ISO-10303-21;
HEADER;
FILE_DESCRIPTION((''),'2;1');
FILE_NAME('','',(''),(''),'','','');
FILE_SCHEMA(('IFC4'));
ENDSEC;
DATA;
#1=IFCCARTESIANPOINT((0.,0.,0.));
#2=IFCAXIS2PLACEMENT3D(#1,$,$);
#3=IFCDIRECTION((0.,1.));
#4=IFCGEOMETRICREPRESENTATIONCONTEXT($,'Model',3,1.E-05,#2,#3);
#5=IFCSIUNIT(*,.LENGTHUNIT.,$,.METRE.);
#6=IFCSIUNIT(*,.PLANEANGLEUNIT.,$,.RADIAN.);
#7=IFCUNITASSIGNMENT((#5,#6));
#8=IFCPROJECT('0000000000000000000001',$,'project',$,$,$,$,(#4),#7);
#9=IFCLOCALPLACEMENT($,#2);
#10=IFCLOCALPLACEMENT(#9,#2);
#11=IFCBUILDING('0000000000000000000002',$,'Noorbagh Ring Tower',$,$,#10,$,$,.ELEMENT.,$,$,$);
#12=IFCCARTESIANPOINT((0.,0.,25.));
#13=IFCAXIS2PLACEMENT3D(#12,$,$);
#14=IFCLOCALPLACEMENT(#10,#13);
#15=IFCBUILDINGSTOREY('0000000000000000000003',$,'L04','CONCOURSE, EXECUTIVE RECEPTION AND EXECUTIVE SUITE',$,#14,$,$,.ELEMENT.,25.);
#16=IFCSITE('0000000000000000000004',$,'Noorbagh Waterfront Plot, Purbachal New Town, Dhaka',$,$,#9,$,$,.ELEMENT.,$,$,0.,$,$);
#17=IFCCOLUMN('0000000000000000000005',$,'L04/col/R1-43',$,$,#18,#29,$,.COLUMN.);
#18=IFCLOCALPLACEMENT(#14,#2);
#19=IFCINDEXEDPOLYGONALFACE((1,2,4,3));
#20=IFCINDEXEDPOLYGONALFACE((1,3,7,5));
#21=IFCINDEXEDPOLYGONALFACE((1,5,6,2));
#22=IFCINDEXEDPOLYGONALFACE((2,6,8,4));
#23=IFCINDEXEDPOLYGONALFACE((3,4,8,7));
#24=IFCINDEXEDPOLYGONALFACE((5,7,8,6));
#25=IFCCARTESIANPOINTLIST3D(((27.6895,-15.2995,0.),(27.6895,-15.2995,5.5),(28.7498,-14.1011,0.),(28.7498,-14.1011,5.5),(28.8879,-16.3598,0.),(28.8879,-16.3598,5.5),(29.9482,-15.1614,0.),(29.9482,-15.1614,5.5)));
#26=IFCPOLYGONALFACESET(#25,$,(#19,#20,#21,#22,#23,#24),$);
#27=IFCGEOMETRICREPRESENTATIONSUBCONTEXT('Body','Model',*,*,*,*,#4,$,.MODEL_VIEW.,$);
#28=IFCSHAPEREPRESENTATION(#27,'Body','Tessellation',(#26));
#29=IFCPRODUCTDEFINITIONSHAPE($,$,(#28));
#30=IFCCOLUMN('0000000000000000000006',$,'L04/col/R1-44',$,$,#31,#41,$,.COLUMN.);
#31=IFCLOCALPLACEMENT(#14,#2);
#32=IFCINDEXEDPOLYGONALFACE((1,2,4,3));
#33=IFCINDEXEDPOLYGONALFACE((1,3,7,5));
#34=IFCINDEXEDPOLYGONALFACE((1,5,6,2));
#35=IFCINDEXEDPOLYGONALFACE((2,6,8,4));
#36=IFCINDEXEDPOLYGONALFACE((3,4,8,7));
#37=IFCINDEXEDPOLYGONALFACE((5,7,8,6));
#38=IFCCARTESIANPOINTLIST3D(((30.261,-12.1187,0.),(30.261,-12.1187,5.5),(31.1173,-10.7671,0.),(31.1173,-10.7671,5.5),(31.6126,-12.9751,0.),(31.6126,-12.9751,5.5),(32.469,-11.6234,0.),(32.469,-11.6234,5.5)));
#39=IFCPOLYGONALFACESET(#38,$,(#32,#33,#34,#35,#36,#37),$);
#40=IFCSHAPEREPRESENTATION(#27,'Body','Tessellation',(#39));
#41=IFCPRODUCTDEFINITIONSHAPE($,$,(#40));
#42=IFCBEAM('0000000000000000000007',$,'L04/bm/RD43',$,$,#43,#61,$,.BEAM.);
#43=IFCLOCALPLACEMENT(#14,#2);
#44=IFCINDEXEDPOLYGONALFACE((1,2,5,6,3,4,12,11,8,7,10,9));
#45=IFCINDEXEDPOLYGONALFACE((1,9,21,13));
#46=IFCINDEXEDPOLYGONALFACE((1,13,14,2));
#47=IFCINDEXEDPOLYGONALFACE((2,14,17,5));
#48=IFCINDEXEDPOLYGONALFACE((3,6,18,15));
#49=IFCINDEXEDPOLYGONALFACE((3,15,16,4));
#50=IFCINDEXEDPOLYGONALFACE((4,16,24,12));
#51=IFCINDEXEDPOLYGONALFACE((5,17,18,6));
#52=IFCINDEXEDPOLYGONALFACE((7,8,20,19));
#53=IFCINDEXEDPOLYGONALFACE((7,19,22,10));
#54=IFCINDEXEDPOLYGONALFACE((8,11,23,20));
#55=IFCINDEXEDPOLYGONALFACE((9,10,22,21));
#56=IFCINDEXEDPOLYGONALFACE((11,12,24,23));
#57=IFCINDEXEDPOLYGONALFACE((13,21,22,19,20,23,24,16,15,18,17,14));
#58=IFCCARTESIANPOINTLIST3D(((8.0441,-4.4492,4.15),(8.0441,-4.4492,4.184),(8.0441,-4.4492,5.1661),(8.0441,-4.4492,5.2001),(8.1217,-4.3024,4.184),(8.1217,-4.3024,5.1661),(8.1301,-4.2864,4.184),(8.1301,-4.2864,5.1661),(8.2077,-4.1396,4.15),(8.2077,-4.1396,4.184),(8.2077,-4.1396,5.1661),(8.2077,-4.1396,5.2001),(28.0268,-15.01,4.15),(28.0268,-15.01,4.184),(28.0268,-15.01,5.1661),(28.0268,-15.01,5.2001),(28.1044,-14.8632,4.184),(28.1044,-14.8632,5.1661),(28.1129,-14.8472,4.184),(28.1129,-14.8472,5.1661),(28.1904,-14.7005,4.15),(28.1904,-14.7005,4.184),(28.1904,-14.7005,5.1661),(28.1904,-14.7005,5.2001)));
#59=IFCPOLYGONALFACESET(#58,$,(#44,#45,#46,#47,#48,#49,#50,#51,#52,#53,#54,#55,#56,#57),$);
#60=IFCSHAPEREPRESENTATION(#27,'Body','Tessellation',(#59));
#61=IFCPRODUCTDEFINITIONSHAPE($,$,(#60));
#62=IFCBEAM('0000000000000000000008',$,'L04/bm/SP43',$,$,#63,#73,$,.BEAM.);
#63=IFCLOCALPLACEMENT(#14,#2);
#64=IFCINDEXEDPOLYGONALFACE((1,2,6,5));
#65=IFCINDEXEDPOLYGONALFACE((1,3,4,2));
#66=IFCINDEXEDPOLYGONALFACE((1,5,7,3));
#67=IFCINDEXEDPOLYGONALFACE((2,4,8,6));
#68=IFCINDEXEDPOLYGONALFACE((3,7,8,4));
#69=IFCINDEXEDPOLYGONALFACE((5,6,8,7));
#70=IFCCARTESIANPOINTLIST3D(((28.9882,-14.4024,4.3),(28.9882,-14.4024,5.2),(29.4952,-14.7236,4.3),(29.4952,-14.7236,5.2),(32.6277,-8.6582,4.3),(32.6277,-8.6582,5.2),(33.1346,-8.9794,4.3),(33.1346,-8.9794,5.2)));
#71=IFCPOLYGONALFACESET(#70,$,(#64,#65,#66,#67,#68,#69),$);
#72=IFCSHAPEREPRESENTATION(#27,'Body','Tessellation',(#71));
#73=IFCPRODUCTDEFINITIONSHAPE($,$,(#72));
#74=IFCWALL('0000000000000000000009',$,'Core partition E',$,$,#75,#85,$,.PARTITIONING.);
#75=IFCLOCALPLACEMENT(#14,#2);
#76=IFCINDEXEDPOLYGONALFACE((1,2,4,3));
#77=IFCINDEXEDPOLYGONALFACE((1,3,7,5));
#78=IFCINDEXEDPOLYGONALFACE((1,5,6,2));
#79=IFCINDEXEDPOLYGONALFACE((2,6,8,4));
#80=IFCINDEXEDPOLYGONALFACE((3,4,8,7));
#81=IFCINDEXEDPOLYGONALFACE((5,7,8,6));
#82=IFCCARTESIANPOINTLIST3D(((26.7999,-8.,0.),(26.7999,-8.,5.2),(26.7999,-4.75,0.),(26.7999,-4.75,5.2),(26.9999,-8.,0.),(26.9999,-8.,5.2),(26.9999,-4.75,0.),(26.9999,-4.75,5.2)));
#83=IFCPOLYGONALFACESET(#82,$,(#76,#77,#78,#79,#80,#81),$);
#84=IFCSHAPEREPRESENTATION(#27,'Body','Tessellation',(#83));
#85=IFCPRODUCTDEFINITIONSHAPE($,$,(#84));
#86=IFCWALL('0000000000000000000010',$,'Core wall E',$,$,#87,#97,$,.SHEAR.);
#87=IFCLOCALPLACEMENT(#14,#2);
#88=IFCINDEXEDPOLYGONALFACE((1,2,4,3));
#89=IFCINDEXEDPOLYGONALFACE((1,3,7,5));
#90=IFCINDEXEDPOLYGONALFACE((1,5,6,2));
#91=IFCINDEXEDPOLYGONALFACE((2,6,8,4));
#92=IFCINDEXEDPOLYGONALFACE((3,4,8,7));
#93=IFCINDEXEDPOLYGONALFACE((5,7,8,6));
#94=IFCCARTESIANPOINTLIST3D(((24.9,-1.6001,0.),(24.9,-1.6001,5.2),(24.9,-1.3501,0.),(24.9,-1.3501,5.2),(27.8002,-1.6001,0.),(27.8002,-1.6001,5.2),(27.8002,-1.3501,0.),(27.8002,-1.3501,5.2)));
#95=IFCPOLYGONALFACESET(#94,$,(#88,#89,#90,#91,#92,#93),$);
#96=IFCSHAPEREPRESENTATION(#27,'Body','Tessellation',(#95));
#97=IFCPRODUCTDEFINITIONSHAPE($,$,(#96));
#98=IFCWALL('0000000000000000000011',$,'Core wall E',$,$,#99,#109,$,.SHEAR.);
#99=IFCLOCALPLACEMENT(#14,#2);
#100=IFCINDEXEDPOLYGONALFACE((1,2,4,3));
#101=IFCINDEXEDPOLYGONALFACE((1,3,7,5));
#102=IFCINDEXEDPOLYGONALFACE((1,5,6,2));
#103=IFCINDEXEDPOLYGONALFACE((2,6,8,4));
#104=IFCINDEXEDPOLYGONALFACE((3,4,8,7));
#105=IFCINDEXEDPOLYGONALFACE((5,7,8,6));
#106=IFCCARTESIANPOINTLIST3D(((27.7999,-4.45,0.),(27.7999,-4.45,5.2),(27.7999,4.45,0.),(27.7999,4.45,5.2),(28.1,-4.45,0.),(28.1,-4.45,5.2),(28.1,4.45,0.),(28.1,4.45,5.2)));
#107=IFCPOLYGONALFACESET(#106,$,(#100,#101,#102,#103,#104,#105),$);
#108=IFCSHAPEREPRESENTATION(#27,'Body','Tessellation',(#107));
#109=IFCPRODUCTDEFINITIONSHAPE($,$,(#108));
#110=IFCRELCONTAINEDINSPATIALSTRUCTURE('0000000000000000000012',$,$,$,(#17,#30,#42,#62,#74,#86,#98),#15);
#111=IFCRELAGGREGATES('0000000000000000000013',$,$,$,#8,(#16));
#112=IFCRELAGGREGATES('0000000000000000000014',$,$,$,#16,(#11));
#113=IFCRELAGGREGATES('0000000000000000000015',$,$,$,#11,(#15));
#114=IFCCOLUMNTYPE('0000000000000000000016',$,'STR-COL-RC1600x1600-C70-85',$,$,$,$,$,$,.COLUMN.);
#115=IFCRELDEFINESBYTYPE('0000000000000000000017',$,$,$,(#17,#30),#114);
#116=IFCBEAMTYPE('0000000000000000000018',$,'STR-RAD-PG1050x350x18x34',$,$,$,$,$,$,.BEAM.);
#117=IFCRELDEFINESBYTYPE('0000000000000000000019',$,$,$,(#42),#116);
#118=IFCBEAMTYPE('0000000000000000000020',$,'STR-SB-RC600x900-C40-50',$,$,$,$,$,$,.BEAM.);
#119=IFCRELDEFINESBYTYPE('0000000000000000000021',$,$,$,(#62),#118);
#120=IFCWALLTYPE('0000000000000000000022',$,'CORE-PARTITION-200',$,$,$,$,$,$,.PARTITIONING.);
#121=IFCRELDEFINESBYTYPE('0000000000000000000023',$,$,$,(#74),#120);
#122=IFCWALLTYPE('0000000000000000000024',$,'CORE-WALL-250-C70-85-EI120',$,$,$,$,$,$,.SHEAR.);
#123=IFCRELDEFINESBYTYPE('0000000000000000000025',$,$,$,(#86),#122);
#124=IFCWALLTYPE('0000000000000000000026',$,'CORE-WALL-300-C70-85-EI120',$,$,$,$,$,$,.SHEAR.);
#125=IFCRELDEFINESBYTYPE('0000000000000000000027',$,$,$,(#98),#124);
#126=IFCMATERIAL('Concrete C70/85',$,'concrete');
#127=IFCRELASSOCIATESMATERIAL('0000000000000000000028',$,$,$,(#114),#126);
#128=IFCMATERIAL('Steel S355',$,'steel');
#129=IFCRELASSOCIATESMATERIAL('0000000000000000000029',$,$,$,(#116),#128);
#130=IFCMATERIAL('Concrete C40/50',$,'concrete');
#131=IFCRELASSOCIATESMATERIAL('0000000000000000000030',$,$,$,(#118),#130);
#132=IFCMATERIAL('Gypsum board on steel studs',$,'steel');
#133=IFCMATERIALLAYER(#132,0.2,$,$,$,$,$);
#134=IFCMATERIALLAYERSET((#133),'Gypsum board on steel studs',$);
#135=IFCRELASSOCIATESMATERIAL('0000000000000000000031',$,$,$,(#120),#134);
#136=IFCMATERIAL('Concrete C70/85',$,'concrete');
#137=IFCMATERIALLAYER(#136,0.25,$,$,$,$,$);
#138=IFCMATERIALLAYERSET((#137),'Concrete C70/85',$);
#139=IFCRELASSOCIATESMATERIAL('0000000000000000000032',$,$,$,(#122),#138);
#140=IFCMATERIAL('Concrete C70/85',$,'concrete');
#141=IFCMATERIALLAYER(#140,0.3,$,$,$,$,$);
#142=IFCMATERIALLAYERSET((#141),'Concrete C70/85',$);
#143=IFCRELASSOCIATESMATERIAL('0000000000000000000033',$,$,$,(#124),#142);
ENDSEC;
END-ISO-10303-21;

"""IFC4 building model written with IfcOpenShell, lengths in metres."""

from ifc_helpers import new_model, si_unit, direction, frame, frame_2d, origin, origin_2d, place, context, subcontext, project, spatial, rectangle, i_section, extrude, material, layer, layer_set, material_profile, profile_set, type_object, element, save


model = new_model("IFC4")

# Units and contexts
model_context = context("Model", 3, precision=1e-05, world=origin(), true_north=direction((0.0, 1.0)))
body_context = subcontext(model_context, "Body", "Model", "MODEL_VIEW")
ifc_project = project(units=[si_unit("LENGTHUNIT", "METRE"), si_unit("PLANEANGLEUNIT", "RADIAN")], contexts=[model_context])

# Site, building, storey
site_placement = place(None, origin())
site = spatial("IfcSite", under=ifc_project, at=site_placement, Name="Noorbagh Waterfront Plot, Purbachal New Town, Dhaka", CompositionType="ELEMENT", RefElevation=0.0)
building_placement = place(site_placement, origin())
building = spatial("IfcBuilding", under=site, at=building_placement, Name="Noorbagh Ring Tower", CompositionType="ELEMENT")
storey_placement = place(building_placement, frame((0.0, 0.0, 25.0)))
storey = spatial("IfcBuildingStorey", under=building, at=storey_placement, Name="L04", Description="CONCOURSE, EXECUTIVE RECEPTION AND EXECUTIVE SUITE", CompositionType="ELEMENT", Elevation=25.0)

# Columns
ifc_material_1 = material(Name="Concrete C70/85", Category="concrete")
ifc_material_profile_1 = material_profile(ifc_material_1, rectangle(XDim=1.6001, YDim=1.6001, at=origin_2d()), Name="RC1600x1600")
ifc_profile_set_1 = profile_set([ifc_material_profile_1], Name="Concrete C70/85")
column_type = type_object("IfcColumnType", Name="STR-COL-RC1600x1600-C70-85", PredefinedType="COLUMN", material=ifc_profile_set_1)
for number, where, z_axis, x_axis, name in (
    (1, (28.8188, -15.2305, 0.0), (0.0, 0.0, 1.0), (0.662636, 0.748942, 0.0), "L04/col/R1-43"),
    (2, (31.365, -11.8711, 0.0), (0.0, 0.0, 1.0), (0.53519, 0.844731, 0.0), "L04/col/R1-44"),
):
    element("IfcColumn", number, at=place(storey_placement, frame(where, z_axis=z_axis, x_axis=x_axis)), inside=storey, type_object=column_type, Name=name, PredefinedType="COLUMN", context=body_context, shape_type="SweptSolid", body=[
        extrude(rectangle(XDim=1.6001, YDim=1.6001, at=origin_2d()), origin(), (0.0, 0.0, 1.0), 5.5),
    ])

# Beams
ifc_material_2 = material(Name="Steel S355", Category="steel")
ifc_material_profile_2 = material_profile(ifc_material_2, i_section(OverallWidth=0.3501, OverallDepth=1.05, WebThickness=0.0181, FlangeThickness=0.0339, at=origin_2d()), Name="PG1050x350x18x34")
ifc_profile_set_2 = profile_set([ifc_material_profile_2], Name="Steel S355")
beam_type_1 = type_object("IfcBeamType", Name="STR-RAD-PG1050x350x18x34", PredefinedType="BEAM", material=ifc_profile_set_2)
beam_1_placement = place(storey_placement, frame((28.1086, -14.8552, 4.675), z_axis=(-0.884122, 0.467256, 0.0), x_axis=(-0.467256, -0.884122, 0.0)))
element("IfcBeam", 3, at=beam_1_placement, inside=storey, type_object=beam_type_1, Name="L04/bm/RD43", PredefinedType="BEAM", context=body_context, shape_type="SweptSolid", body=[
    extrude(i_section(OverallWidth=0.3501, OverallDepth=1.05, WebThickness=0.0181, FlangeThickness=0.0339, at=origin_2d()), origin(), (0.0, 0.0, 1.0), 22.6018),
])
ifc_material_3 = material(Name="Concrete C40/50", Category="concrete")
ifc_material_profile_3 = material_profile(ifc_material_3, rectangle(XDim=0.6001, YDim=0.8999, at=origin_2d()), Name="RC600x900")
ifc_profile_set_3 = profile_set([ifc_material_profile_3], Name="Concrete C40/50")
beam_type_2 = type_object("IfcBeamType", Name="STR-SB-RC600x900-C40-50", PredefinedType="BEAM", material=ifc_profile_set_3)
beam_2_placement = place(storey_placement, frame((29.2417, -14.563, 4.75), z_axis=(0.535204, 0.844723, 0.0), x_axis=(-0.844723, 0.535204, 0.0)))
element("IfcBeam", 4, at=beam_2_placement, inside=storey, type_object=beam_type_2, Name="L04/bm/SP43", PredefinedType="BEAM", context=body_context, shape_type="SweptSolid", body=[
    extrude(rectangle(XDim=0.6001, YDim=0.8999, at=origin_2d()), origin(), (0.0, 0.0, 1.0), 6.8),
])

# Walls
ifc_material_4 = material(Name="Gypsum board on steel studs", Category="steel")
ifc_layer_1 = layer(ifc_material_4, 0.2)
ifc_layer_set_1 = layer_set([ifc_layer_1], Name="Gypsum board on steel studs")
wall_type_1 = type_object("IfcWallType", Name="CORE-PARTITION-200", PredefinedType="PARTITIONING", material=ifc_layer_set_1)
wall_1_placement = place(storey_placement, frame((26.8999, -8.0, 0.0), z_axis=(0.0, 0.0, 1.0), x_axis=(0.0, 1.0, 0.0)))
element("IfcWall", 5, at=wall_1_placement, inside=storey, type_object=wall_type_1, Name="Core partition E", PredefinedType="PARTITIONING", context=body_context, shape_type="SweptSolid", body=[
    extrude(rectangle(XDim=3.25, YDim=0.2, at=frame_2d((1.625, 0.0))), origin(), (0.0, 0.0, 1.0), 5.2),
])
ifc_material_5 = material(Name="Concrete C70/85", Category="concrete")
ifc_layer_2 = layer(ifc_material_5, 0.25)
ifc_layer_set_2 = layer_set([ifc_layer_2], Name="Concrete C70/85")
wall_type_2 = type_object("IfcWallType", Name="CORE-WALL-250-C70-85-EI120", PredefinedType="SHEAR", material=ifc_layer_set_2)
wall_2_placement = place(storey_placement, frame((24.8999, -1.4751, 0.0), z_axis=(0.0, 0.0, 1.0), x_axis=(1.0, 0.0, 0.0)))
element("IfcWall", 6, at=wall_2_placement, inside=storey, type_object=wall_type_2, Name="Core wall E", PredefinedType="SHEAR", context=body_context, shape_type="SweptSolid", body=[
    extrude(rectangle(XDim=2.9001, YDim=0.25, at=frame_2d((1.4502, 0.0))), origin(), (0.0, 0.0, 1.0), 5.2),
])
ifc_material_6 = material(Name="Concrete C70/85", Category="concrete")
ifc_layer_3 = layer(ifc_material_6, 0.3)
ifc_layer_set_3 = layer_set([ifc_layer_3], Name="Concrete C70/85")
wall_type_3 = type_object("IfcWallType", Name="CORE-WALL-300-C70-85-EI120", PredefinedType="SHEAR", material=ifc_layer_set_3)
wall_3_placement = place(storey_placement, frame((27.95, -4.45, 0.0), z_axis=(0.0, 0.0, 1.0), x_axis=(0.0, 1.0, 0.0)))
element("IfcWall", 7, at=wall_3_placement, inside=storey, type_object=wall_type_3, Name="Core wall E", PredefinedType="SHEAR", context=body_context, shape_type="SweptSolid", body=[
    extrude(rectangle(XDim=8.8999, YDim=0.3, at=frame_2d((4.45, 0.0))), origin(), (0.0, 0.0, 1.0), 5.2),
])

save(model, "model.ifc")
